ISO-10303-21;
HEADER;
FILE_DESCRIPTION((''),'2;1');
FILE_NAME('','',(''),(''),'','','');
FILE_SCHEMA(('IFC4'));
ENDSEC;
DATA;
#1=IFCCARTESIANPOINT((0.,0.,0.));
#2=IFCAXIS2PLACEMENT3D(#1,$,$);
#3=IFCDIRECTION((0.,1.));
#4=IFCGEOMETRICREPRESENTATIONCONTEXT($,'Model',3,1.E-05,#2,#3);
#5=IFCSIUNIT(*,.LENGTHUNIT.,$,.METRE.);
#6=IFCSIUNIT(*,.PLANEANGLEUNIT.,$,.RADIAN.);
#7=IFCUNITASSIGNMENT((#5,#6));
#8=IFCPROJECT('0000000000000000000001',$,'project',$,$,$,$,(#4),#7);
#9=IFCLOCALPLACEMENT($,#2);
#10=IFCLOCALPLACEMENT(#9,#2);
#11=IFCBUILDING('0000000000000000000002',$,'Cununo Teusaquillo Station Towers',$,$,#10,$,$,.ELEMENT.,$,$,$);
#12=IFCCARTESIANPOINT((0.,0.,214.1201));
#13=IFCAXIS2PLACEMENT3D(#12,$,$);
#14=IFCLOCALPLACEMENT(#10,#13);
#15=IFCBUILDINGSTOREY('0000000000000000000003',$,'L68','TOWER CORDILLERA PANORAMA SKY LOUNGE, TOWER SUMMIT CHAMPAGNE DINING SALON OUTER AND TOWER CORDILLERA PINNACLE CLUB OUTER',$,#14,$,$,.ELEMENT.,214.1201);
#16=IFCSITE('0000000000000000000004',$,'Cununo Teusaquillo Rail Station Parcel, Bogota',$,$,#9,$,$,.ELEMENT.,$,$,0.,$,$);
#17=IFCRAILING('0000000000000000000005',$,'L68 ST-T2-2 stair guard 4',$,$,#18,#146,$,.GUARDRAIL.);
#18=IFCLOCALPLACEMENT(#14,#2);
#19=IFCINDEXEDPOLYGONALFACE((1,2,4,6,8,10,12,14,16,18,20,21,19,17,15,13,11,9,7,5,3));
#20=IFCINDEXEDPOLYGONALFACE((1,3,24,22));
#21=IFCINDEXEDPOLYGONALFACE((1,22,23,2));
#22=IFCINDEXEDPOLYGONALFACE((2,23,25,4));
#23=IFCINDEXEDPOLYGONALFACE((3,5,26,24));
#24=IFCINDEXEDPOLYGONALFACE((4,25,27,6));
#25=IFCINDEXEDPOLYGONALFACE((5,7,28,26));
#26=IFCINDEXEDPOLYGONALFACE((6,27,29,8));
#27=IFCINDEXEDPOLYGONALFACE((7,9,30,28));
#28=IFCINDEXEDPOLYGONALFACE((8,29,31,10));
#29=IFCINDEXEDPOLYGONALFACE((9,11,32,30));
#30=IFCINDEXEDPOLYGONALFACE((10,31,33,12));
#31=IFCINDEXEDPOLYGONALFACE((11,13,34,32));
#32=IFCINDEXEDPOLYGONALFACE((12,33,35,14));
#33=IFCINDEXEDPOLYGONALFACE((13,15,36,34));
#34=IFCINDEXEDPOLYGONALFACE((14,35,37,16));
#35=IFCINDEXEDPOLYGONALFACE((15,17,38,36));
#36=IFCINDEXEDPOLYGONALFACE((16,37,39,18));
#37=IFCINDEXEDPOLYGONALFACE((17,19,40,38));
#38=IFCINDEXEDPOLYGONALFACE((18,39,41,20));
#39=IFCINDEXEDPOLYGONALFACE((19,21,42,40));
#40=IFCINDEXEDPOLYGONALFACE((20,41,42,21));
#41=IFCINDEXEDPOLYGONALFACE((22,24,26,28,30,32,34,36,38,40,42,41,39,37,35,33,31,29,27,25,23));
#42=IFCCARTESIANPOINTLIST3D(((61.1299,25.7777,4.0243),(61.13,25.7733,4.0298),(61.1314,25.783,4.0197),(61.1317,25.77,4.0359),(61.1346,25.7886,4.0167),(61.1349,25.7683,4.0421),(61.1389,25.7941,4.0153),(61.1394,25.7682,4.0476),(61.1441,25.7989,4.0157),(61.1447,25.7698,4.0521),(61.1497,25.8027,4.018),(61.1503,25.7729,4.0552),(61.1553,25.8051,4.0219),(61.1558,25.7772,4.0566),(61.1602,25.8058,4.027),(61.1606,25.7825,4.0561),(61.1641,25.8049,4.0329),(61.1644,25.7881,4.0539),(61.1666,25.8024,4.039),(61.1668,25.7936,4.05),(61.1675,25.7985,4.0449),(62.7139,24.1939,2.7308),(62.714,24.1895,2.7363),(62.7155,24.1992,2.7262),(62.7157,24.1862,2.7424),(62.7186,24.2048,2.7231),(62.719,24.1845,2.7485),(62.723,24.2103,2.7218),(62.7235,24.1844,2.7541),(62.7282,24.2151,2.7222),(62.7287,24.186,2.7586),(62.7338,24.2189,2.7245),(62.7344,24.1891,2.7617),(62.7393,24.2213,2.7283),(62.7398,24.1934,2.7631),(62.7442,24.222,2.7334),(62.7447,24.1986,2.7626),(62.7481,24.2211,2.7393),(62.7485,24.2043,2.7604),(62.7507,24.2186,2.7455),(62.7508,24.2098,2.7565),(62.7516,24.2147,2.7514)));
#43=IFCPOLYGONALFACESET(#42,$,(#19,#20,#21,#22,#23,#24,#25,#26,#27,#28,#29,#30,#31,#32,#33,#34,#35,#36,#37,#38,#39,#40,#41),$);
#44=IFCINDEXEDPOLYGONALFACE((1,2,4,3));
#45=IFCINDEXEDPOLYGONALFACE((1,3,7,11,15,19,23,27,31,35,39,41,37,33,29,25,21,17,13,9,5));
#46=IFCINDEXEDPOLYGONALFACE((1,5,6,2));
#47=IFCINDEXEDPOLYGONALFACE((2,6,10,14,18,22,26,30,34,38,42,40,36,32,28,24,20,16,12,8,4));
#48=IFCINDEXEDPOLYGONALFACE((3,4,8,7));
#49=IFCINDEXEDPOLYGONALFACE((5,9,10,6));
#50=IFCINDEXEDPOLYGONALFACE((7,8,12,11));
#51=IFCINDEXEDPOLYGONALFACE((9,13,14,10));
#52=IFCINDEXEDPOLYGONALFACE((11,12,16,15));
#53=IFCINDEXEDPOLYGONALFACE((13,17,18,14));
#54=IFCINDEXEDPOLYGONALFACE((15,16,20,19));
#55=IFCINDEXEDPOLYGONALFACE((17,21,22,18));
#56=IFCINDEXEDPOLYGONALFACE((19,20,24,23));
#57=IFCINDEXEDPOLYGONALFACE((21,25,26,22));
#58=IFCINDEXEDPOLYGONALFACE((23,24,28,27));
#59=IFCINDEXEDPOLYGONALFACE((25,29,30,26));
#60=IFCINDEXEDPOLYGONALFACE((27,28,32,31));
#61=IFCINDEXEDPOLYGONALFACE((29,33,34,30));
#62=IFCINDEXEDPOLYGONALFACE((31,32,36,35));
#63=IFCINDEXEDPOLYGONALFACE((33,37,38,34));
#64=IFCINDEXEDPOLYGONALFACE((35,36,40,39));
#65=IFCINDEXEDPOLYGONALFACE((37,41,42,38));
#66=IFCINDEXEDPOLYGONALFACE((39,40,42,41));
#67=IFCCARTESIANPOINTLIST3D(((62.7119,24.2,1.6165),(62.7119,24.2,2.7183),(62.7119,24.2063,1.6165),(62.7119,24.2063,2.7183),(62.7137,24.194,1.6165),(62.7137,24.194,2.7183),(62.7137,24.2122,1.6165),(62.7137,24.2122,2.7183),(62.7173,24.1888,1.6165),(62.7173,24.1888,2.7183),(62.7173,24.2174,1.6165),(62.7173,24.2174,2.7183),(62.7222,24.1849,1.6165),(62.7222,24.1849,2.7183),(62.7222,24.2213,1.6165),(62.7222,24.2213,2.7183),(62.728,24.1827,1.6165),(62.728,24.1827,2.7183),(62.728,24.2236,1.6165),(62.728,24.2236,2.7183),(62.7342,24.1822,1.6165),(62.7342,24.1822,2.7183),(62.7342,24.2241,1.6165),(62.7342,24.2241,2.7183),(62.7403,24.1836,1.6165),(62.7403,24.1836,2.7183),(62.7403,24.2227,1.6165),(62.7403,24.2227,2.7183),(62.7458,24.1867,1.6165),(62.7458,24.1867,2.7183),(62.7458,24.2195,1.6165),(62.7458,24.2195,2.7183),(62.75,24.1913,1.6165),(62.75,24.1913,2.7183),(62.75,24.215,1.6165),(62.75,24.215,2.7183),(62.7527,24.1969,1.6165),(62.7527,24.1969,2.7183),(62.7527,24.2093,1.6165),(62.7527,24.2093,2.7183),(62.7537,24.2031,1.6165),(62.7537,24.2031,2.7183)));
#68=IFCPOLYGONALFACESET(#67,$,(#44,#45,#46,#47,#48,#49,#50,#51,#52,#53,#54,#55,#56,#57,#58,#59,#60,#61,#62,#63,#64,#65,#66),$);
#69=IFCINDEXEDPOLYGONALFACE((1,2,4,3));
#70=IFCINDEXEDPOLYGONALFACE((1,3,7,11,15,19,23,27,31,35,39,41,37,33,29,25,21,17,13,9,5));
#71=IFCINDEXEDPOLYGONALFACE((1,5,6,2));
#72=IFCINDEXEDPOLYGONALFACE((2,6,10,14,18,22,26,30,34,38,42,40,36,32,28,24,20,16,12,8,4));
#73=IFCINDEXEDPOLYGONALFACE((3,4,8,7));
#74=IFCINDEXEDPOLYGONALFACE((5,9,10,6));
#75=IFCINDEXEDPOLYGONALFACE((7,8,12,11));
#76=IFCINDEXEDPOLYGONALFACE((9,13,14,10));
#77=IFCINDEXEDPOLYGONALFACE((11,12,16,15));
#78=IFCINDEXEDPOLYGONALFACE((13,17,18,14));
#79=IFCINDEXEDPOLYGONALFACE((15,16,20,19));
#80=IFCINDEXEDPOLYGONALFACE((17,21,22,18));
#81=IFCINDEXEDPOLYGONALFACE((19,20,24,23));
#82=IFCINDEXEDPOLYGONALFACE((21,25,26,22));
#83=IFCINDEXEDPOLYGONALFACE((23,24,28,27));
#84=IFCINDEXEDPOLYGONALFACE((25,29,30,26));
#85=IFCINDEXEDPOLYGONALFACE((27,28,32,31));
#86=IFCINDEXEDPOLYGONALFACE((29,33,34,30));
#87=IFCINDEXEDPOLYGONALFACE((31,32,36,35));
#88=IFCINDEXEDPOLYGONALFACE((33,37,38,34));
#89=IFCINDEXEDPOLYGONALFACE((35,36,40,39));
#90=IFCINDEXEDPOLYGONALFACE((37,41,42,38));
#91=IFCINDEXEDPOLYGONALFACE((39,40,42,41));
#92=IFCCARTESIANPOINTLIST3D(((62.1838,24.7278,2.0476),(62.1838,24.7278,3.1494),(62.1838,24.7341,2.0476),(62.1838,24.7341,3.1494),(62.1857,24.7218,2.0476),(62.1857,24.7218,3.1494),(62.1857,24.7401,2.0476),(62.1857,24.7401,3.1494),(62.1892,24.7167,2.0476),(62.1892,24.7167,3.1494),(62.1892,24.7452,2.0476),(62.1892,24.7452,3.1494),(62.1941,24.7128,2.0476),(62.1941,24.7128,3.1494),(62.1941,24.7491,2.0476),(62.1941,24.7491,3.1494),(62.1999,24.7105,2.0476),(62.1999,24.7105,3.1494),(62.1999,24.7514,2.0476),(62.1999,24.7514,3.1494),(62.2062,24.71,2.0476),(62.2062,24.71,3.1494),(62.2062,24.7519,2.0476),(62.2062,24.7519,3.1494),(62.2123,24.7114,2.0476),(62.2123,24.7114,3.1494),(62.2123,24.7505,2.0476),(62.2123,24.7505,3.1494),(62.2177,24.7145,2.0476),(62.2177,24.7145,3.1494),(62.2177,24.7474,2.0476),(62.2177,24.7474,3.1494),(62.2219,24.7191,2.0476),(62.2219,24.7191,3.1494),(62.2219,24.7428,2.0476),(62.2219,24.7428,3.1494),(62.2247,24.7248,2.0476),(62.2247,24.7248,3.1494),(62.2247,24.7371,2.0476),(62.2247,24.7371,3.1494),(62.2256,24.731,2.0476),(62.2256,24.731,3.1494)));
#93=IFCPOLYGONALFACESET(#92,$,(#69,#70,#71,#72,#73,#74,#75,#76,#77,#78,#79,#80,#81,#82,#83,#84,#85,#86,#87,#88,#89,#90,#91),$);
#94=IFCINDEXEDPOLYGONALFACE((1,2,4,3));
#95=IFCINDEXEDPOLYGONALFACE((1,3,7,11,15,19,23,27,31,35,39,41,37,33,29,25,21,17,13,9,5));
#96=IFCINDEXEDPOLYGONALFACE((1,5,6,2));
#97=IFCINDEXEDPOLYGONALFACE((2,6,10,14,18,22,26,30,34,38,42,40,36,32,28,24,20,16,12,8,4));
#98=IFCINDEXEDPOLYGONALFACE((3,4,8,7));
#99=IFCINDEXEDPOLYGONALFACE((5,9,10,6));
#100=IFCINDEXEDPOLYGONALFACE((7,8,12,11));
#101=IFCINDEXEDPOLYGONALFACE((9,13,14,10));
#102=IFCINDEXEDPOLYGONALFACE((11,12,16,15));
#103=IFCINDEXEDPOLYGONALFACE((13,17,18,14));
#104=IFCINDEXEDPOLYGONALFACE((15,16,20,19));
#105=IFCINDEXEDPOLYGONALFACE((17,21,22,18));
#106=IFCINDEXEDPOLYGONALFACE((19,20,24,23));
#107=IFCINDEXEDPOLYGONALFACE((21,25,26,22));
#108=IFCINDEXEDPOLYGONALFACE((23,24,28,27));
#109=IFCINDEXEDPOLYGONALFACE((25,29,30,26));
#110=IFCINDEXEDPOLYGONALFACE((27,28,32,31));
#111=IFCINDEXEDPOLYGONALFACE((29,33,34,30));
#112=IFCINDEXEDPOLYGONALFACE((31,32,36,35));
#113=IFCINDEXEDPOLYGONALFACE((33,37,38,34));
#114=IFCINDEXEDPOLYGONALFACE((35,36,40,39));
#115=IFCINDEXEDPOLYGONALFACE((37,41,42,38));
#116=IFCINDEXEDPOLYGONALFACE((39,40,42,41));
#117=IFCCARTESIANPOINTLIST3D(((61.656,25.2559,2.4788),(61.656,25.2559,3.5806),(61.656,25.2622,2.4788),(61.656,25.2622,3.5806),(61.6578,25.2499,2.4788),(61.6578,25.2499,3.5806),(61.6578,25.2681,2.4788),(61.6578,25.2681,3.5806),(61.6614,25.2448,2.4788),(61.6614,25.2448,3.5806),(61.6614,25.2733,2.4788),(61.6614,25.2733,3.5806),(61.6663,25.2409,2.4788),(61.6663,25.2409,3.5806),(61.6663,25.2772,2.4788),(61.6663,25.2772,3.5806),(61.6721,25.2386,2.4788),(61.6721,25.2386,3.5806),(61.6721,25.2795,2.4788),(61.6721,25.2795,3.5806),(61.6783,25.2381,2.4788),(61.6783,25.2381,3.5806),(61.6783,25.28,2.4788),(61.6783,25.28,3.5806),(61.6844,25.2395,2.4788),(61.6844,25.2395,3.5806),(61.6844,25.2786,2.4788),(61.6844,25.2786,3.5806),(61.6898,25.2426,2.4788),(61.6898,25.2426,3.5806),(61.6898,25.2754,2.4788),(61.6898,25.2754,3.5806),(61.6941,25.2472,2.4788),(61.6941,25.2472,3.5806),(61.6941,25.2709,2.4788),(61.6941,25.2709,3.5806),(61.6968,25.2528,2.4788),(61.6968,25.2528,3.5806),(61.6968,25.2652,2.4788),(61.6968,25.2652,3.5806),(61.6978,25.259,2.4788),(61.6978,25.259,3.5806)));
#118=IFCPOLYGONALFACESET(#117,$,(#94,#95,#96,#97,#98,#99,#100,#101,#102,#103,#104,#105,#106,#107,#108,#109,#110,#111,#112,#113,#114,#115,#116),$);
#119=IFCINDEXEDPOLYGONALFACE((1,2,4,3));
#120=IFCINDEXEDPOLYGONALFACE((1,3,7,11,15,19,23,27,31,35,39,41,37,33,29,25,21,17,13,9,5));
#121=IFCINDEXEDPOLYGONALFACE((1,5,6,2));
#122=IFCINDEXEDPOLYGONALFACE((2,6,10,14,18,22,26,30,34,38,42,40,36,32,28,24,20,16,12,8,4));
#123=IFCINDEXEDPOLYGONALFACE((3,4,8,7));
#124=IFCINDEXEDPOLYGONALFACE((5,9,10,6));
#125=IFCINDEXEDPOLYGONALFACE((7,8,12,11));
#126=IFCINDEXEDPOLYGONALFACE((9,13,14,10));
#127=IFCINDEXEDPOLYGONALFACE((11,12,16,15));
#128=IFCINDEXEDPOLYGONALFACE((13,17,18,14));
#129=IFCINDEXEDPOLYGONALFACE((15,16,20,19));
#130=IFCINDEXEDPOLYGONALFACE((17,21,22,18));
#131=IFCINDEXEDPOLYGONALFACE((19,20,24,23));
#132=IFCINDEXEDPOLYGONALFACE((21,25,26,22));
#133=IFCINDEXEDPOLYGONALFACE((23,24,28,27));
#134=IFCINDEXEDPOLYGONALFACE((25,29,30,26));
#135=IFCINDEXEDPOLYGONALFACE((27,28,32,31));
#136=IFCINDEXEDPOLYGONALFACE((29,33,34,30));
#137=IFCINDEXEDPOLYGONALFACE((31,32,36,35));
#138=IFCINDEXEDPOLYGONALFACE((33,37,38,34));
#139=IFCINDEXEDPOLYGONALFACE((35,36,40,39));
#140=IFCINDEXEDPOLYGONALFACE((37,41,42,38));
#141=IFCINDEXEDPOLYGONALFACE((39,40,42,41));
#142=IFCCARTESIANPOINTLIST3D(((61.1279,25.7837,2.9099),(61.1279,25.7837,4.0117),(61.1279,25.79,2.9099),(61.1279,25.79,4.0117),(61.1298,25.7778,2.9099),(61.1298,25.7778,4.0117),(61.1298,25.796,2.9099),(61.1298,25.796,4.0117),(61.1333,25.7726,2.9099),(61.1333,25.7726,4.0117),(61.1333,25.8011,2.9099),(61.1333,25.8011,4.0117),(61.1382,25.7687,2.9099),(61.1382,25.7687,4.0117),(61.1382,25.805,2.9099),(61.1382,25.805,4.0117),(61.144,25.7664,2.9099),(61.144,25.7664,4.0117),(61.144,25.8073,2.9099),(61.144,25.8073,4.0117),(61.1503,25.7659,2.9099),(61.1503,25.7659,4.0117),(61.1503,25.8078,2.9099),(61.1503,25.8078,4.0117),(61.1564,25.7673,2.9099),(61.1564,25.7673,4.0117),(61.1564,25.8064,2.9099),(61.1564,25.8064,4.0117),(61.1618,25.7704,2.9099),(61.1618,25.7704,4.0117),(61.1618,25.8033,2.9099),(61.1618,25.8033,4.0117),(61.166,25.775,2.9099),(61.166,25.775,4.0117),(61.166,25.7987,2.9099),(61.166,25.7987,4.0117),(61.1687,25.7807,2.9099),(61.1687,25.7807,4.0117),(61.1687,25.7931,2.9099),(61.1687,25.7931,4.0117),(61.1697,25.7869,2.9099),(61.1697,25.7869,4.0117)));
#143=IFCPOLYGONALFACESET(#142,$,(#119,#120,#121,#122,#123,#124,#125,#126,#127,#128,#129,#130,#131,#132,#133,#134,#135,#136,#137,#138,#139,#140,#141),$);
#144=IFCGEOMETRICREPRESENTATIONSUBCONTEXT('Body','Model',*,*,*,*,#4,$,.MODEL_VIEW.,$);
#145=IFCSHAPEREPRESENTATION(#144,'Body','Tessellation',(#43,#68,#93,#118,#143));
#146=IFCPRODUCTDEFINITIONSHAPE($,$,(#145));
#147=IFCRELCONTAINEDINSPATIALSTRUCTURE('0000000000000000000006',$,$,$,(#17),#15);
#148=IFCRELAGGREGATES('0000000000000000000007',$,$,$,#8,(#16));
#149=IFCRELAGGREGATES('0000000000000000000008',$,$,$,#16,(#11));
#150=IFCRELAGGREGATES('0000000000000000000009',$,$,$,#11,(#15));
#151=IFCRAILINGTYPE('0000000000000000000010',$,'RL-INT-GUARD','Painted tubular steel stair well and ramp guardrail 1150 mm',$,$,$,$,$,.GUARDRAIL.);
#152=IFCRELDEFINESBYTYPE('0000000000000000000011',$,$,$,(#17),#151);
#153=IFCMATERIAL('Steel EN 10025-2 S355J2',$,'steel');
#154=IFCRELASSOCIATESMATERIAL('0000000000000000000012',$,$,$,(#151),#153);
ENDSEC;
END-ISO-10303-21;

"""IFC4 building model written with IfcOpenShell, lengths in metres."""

from ifc_helpers import new_model, si_unit, direction, frame, origin, origin_2d, place, context, subcontext, project, spatial, circle, extrude, material, type_object, element, save


model = new_model("IFC4")

# Units and contexts
model_context = context("Model", 3, precision=1e-05, world=origin(), true_north=direction((0.0, 1.0)))
body_context = subcontext(model_context, "Body", "Model", "MODEL_VIEW")
ifc_project = project(units=[si_unit("LENGTHUNIT", "METRE"), si_unit("PLANEANGLEUNIT", "RADIAN")], contexts=[model_context])

# Site, building, storey
site_placement = place(None, origin())
site = spatial("IfcSite", under=ifc_project, at=site_placement, Name="Cununo Teusaquillo Rail Station Parcel, Bogota", CompositionType="ELEMENT", RefElevation=0.0)
building_placement = place(site_placement, origin())
building = spatial("IfcBuilding", under=site, at=building_placement, Name="Cununo Teusaquillo Station Towers", CompositionType="ELEMENT")
storey_placement = place(building_placement, frame((0.0, 0.0, 214.1201)))
storey = spatial("IfcBuildingStorey", under=building, at=storey_placement, Name="L68", Description="TOWER CORDILLERA PANORAMA SKY LOUNGE, TOWER SUMMIT CHAMPAGNE DINING SALON OUTER AND TOWER CORDILLERA PINNACLE CLUB OUTER", CompositionType="ELEMENT", Elevation=214.1201)

# Railing
ifc_material_1 = material(Name="Steel EN 10025-2 S355J2", Category="steel")
railing_type_1 = type_object("IfcRailingType", Name="RL-INT-GUARD", Description="Painted tubular steel stair well and ramp guardrail 1150 mm", PredefinedType="GUARDRAIL", material=ifc_material_1)
railing_1_placement = place(storey_placement, frame((62.7327, 24.2031, 1.6165)))
element("IfcRailing", 1, at=railing_1_placement, inside=storey, type_object=railing_type_1, Name="L68 ST-T2-2 stair guard 4", PredefinedType="GUARDRAIL", context=body_context, shape_type="SweptSolid", body=[
    extrude(circle(Radius=0.0239, at=origin_2d()), frame((0.0, 0.0, 1.126), z_axis=(-0.612391, 0.612297, 0.500069), x_axis=(-0.707052, -0.707161, 0.0)), (0.0, 0.0, 1.0), 2.5867),
    extrude(circle(Radius=0.021, at=origin_2d()), origin(), (0.0, 0.0, 1.0), 1.1018),
    extrude(circle(Radius=0.021, at=origin_2d()), frame((-0.5281, 0.5278, 0.4312)), (0.0, 0.0, 1.0), 1.1018),
    extrude(circle(Radius=0.021, at=origin_2d()), frame((-1.0559, 1.0559, 0.8623)), (0.0, 0.0, 1.0), 1.1018),
    extrude(circle(Radius=0.021, at=origin_2d()), frame((-1.584, 1.5837, 1.2935)), (0.0, 0.0, 1.0), 1.1018),
])

save(model, "model.ifc")
